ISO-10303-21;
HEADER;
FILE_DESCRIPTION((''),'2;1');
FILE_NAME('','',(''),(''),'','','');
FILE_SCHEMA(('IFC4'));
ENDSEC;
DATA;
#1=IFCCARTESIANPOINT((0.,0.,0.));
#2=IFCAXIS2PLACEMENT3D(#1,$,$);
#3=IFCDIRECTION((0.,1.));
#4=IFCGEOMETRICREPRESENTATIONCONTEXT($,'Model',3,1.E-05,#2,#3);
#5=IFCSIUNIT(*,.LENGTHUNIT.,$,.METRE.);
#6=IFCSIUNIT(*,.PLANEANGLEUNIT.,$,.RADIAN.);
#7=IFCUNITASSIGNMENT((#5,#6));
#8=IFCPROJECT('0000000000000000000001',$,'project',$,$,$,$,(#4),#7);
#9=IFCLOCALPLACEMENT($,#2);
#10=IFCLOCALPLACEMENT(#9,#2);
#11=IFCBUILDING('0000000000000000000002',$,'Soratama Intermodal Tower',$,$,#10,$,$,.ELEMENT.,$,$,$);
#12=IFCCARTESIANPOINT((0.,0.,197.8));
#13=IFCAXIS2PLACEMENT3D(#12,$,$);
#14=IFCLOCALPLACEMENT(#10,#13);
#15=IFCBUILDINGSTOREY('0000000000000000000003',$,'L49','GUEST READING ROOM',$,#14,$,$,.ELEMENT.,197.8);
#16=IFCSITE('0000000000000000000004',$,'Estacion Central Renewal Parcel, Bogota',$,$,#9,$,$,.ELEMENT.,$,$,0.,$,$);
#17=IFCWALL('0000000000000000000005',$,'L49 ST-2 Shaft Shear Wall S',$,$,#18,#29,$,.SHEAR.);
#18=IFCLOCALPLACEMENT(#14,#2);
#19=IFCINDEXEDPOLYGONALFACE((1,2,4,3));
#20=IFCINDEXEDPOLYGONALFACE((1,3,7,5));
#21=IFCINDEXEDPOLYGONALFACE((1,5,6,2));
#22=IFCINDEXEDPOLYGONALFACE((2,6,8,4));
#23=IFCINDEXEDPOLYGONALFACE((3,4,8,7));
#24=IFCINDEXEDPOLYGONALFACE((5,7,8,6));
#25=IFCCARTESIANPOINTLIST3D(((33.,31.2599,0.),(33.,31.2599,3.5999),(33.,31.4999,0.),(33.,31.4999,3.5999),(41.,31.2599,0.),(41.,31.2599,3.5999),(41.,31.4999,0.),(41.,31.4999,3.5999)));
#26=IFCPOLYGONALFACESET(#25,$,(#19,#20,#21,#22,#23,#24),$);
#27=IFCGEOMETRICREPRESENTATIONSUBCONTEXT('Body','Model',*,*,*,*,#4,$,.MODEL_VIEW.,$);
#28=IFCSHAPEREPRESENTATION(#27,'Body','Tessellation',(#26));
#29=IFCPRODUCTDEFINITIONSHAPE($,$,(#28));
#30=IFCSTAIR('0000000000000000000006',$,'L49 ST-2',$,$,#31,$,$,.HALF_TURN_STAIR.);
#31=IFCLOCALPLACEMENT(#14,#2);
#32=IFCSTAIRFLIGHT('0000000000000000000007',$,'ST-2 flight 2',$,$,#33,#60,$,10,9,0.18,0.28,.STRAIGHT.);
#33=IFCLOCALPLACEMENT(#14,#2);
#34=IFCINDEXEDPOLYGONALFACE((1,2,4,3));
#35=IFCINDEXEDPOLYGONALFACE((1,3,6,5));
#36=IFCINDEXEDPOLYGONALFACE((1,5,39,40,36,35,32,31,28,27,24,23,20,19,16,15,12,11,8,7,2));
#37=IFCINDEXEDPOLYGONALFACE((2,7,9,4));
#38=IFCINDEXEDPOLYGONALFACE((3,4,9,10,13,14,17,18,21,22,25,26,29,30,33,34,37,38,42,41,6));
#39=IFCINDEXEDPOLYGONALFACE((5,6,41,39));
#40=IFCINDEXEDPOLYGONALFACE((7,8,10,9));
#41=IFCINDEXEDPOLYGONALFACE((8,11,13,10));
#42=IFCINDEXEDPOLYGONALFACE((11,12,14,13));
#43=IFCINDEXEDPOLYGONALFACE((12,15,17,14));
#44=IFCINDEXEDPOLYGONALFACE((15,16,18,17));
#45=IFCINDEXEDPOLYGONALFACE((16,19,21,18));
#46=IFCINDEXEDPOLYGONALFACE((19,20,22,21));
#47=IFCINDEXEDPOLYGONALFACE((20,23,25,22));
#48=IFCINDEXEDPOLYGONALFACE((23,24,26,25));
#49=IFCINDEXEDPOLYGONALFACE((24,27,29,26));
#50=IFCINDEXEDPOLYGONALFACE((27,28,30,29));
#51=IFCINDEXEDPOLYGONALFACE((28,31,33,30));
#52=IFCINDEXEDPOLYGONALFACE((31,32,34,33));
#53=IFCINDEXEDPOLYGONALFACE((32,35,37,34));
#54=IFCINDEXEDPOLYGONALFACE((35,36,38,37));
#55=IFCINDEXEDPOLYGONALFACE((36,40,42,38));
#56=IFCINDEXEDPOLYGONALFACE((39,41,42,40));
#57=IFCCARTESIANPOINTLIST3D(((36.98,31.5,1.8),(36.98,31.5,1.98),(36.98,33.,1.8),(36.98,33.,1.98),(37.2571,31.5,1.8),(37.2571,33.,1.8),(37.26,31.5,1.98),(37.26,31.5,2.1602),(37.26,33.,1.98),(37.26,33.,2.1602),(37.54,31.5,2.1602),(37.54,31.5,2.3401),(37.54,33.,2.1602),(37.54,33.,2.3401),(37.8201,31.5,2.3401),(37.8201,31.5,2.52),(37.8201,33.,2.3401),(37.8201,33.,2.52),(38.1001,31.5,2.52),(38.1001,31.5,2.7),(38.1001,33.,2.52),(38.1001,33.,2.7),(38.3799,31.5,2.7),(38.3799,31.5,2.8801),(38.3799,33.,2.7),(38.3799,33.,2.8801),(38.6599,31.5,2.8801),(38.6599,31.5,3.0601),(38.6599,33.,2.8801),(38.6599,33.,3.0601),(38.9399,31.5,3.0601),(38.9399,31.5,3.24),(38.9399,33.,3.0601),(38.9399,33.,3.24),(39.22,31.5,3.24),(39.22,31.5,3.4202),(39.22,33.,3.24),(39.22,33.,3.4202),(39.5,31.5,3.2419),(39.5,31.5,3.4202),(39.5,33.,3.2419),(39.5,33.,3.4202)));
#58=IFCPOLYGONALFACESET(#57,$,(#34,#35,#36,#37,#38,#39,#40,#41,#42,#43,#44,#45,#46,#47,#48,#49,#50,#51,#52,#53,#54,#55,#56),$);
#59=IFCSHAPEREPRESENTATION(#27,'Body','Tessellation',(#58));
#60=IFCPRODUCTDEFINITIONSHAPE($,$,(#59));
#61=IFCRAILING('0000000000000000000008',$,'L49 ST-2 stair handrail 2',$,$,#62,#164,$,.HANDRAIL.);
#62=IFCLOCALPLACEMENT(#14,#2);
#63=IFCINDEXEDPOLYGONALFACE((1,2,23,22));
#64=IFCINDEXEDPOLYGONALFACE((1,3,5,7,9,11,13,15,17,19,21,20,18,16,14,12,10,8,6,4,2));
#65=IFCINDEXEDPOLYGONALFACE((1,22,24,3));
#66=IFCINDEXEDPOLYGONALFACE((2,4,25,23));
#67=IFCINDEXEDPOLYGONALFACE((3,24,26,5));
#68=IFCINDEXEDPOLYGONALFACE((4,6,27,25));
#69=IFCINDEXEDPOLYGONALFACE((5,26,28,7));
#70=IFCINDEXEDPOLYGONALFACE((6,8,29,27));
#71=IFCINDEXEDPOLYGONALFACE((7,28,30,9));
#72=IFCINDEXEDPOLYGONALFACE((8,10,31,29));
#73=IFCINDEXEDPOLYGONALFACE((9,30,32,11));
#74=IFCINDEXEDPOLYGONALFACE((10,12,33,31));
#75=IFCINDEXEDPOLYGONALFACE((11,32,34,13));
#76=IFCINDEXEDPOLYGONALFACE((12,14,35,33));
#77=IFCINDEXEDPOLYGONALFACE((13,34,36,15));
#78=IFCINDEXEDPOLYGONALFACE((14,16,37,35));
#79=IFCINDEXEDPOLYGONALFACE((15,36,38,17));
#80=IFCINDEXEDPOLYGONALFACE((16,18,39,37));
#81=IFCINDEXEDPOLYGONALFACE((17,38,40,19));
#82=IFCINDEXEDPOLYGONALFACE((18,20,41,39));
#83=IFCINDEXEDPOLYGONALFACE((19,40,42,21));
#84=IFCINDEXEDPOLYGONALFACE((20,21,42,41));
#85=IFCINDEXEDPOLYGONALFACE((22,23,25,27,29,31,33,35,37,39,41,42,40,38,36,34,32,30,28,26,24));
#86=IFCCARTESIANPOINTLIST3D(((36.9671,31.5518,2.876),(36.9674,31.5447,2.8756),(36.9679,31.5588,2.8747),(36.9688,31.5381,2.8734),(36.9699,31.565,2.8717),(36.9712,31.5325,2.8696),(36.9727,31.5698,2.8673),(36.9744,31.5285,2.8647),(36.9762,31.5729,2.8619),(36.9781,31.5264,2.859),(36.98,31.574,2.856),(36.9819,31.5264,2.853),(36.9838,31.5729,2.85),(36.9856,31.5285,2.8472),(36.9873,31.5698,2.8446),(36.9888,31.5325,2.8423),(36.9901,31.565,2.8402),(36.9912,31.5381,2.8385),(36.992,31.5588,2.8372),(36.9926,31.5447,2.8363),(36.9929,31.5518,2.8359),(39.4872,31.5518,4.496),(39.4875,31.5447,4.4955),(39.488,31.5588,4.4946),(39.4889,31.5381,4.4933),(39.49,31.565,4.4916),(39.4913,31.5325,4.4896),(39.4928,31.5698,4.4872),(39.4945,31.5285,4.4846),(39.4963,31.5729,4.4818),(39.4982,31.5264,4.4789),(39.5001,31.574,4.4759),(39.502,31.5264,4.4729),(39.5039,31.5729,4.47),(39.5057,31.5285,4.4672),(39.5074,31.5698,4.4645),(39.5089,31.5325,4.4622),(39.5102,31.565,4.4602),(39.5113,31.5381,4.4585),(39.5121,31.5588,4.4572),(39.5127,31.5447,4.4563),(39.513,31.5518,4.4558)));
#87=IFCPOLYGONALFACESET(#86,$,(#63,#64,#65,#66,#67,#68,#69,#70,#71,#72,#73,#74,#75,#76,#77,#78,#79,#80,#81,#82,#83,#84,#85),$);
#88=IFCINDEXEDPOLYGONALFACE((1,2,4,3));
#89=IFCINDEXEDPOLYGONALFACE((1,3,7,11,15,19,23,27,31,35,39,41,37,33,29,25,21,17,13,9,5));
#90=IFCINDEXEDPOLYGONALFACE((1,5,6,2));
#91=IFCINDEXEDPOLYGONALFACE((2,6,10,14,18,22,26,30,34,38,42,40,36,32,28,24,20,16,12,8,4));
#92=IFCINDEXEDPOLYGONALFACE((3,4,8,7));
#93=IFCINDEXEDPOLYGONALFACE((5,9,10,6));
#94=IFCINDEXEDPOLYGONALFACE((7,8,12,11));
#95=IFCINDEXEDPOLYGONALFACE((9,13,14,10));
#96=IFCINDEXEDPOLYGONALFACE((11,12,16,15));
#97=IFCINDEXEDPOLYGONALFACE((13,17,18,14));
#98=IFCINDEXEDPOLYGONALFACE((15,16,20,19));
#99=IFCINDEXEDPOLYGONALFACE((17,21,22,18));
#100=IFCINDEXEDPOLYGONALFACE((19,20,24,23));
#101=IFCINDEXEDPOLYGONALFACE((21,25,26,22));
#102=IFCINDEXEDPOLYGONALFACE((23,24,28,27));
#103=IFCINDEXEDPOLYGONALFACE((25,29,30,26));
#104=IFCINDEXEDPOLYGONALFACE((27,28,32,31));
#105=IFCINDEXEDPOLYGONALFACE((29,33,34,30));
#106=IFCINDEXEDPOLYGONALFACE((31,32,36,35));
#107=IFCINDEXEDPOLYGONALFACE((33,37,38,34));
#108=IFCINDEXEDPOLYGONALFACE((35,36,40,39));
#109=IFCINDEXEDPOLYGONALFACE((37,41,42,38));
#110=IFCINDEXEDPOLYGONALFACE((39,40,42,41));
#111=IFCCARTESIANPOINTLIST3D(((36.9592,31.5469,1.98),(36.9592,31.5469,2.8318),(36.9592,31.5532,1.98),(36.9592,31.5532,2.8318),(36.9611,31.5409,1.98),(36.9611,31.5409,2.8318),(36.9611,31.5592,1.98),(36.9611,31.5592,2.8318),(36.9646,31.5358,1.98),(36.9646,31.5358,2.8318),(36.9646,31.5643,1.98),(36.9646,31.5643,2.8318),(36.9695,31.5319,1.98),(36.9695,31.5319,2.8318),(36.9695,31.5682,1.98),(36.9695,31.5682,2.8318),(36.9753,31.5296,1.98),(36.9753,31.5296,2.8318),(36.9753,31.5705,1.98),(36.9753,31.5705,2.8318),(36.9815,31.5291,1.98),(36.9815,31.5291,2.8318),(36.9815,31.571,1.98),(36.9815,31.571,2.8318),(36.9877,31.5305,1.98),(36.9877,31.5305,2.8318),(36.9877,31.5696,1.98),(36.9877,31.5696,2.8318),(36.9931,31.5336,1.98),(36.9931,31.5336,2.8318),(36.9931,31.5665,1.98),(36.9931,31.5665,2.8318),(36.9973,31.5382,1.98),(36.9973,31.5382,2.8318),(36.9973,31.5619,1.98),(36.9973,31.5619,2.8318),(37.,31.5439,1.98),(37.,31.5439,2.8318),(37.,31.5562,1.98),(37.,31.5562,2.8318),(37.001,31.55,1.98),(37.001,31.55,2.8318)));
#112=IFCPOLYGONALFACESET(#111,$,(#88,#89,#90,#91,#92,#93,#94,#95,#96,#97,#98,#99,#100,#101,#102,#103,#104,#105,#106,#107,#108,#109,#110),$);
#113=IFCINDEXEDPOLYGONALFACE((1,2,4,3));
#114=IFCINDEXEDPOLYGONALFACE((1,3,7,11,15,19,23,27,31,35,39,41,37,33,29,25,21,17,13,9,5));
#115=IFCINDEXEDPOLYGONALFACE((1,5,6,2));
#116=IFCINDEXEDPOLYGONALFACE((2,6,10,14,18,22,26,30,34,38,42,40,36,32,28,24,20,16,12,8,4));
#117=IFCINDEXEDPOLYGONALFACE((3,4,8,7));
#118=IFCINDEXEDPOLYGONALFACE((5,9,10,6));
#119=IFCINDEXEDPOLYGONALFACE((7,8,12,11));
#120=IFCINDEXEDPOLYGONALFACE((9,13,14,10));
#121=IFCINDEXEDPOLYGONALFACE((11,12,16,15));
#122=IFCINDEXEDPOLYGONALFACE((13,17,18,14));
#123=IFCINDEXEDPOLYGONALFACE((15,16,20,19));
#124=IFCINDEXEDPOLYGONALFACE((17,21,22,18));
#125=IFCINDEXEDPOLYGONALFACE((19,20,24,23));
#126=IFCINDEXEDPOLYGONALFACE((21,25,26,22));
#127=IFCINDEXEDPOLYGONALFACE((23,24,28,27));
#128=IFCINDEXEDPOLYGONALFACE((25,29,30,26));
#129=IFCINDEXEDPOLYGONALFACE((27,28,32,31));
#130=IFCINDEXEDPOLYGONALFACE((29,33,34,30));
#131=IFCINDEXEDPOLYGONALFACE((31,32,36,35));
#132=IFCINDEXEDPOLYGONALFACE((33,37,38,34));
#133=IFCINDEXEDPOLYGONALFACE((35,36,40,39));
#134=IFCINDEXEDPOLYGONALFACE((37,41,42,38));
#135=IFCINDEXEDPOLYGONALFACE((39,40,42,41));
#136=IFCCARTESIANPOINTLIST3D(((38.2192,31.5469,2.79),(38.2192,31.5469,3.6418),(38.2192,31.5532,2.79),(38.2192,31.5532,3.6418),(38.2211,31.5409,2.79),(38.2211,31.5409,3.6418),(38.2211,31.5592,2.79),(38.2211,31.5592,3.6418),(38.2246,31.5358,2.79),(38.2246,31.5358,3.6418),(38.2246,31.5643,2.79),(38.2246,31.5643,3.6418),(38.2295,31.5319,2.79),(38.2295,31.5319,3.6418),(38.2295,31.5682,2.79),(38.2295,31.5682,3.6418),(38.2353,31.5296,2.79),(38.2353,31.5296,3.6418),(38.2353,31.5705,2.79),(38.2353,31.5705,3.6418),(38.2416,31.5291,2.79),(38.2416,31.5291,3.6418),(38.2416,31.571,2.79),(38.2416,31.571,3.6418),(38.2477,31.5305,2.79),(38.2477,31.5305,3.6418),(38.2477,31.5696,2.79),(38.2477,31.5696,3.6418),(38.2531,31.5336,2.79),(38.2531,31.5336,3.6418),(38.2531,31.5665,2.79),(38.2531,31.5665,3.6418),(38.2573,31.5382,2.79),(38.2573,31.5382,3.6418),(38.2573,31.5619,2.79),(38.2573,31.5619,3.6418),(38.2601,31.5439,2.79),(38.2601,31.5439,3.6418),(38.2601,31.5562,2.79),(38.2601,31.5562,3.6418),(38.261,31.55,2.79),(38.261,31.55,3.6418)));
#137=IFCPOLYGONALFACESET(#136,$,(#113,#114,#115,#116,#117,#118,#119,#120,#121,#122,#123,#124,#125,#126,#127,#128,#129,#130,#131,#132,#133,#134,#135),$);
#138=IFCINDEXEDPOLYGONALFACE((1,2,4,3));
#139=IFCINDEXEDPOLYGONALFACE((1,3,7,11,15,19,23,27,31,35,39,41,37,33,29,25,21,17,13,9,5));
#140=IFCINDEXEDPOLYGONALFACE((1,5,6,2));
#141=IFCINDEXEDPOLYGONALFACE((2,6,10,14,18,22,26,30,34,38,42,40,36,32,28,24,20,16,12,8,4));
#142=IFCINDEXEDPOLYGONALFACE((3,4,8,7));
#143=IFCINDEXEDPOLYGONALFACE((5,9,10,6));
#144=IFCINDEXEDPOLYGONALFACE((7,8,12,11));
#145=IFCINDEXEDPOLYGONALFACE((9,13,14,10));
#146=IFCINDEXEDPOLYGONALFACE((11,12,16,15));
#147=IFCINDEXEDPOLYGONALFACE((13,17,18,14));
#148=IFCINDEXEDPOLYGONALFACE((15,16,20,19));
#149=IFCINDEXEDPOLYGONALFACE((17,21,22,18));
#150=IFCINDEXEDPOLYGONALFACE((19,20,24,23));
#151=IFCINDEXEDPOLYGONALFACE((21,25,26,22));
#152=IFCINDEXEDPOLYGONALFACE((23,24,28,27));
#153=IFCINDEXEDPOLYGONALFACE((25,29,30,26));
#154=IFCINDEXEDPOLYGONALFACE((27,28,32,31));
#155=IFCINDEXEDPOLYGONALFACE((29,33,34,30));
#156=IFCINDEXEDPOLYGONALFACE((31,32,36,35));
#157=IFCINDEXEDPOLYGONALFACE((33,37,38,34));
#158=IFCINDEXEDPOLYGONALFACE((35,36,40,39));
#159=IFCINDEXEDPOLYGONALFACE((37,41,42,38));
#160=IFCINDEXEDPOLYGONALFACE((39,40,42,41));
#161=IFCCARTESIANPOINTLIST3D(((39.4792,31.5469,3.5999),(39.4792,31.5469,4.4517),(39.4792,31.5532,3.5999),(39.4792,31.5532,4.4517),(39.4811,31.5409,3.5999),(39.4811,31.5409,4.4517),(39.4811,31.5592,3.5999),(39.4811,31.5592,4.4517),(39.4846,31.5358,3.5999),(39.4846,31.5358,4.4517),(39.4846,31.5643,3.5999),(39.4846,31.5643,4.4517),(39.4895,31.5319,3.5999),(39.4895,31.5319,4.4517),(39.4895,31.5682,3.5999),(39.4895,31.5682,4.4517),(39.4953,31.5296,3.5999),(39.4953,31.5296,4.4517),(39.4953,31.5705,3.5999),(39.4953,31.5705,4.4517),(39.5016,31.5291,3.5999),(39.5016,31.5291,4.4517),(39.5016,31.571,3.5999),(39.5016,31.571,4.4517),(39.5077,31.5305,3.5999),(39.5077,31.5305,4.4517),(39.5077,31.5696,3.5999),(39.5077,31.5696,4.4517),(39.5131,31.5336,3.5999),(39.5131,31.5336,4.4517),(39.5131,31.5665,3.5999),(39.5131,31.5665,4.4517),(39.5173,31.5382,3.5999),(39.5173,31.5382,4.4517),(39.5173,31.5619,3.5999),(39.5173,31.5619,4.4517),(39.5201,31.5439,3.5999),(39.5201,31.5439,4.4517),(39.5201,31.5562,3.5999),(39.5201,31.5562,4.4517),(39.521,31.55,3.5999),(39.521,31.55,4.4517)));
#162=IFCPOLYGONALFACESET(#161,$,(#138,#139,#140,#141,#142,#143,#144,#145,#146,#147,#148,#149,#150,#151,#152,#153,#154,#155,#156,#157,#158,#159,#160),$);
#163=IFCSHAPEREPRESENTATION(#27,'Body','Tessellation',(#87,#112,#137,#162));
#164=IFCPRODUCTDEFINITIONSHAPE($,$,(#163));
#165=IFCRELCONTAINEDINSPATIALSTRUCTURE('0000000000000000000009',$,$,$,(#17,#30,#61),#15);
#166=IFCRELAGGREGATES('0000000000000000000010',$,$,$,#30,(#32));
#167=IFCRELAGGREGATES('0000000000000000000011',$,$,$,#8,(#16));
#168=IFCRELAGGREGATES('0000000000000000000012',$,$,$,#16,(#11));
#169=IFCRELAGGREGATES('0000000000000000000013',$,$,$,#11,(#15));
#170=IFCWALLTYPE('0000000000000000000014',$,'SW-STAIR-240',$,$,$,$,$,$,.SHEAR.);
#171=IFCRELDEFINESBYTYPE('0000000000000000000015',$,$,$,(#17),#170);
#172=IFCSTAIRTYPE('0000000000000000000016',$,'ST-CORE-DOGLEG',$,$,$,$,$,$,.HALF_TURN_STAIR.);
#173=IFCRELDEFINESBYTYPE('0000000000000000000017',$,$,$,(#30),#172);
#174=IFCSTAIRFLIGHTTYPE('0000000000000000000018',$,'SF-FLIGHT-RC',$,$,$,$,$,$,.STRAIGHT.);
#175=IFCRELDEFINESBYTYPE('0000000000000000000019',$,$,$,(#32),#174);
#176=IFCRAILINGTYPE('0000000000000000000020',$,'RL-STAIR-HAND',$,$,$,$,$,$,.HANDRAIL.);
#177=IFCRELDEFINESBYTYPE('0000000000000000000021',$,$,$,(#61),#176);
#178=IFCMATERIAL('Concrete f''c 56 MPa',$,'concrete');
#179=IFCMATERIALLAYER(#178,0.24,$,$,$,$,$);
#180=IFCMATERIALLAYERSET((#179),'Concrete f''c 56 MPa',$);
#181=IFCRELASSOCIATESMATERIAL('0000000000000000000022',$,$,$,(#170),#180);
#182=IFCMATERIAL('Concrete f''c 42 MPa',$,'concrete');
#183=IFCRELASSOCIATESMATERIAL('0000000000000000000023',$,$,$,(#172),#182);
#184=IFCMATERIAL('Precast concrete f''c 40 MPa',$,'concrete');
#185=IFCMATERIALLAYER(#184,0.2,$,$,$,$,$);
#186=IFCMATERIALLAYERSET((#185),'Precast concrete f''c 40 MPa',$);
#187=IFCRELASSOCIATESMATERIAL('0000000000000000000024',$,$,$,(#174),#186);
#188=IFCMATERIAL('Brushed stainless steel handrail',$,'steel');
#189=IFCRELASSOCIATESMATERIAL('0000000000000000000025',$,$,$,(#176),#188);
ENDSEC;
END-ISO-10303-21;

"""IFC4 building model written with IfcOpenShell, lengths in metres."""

from ifc_helpers import new_model, si_unit, direction, frame, frame_2d, origin, origin_2d, place, context, subcontext, project, spatial, polyline, rectangle, circle, outline, extrude, material, layer, layer_set, type_object, element, aggregate, save


model = new_model("IFC4")

# Units and contexts
model_context = context("Model", 3, precision=1e-05, world=origin(), true_north=direction((0.0, 1.0)))
body_context = subcontext(model_context, "Body", "Model", "MODEL_VIEW")
ifc_project = project(units=[si_unit("LENGTHUNIT", "METRE"), si_unit("PLANEANGLEUNIT", "RADIAN")], contexts=[model_context])

# Site, building, storey
site_placement = place(None, origin())
site = spatial("IfcSite", under=ifc_project, at=site_placement, Name="Estacion Central Renewal Parcel, Bogota", CompositionType="ELEMENT", RefElevation=0.0)
building_placement = place(site_placement, origin())
building = spatial("IfcBuilding", under=site, at=building_placement, Name="Soratama Intermodal Tower", CompositionType="ELEMENT")
storey_placement = place(building_placement, frame((0.0, 0.0, 197.8)))
storey = spatial("IfcBuildingStorey", under=building, at=storey_placement, Name="L49", Description="GUEST READING ROOM", CompositionType="ELEMENT", Elevation=197.8)

# Wall
ifc_material_1 = material(Name="Concrete f'c 56 MPa", Category="concrete")
ifc_layer_1 = layer(ifc_material_1, 0.24)
ifc_layer_set_1 = layer_set([ifc_layer_1], Name="Concrete f'c 56 MPa")
wall_type_1 = type_object("IfcWallType", Name="SW-STAIR-240", PredefinedType="SHEAR", material=ifc_layer_set_1)
wall_1_placement = place(storey_placement, frame((33.0, 31.3799, 0.0), z_axis=(0.0, 0.0, 1.0), x_axis=(1.0, 0.0, 0.0)))
element("IfcWall", 1, at=wall_1_placement, inside=storey, type_object=wall_type_1, Name="L49 ST-2 Shaft Shear Wall S", PredefinedType="SHEAR", context=body_context, shape_type="SweptSolid", body=[
    extrude(rectangle(XDim=8.0, YDim=0.24, at=frame_2d((4.0, 0.0))), origin(), (0.0, 0.0, 1.0), 3.5999),
])

# Stair, stair flight
ifc_material_2 = material(Name="Concrete f'c 42 MPa", Category="concrete")
stair_type = type_object("IfcStairType", Name="ST-CORE-DOGLEG", PredefinedType="HALF_TURN_STAIR", material=ifc_material_2)
stair_placement = place(storey_placement, origin())
stair = element("IfcStair", 2, at=stair_placement, inside=storey, type_object=stair_type, Name="L49 ST-2", PredefinedType="HALF_TURN_STAIR")
ifc_material_3 = material(Name="Precast concrete f'c 40 MPa", Category="concrete")
ifc_layer_2 = layer(ifc_material_3, 0.2)
ifc_layer_set_2 = layer_set([ifc_layer_2], Name="Precast concrete f'c 40 MPa")
stair_flight_type = type_object("IfcStairFlightType", Name="SF-FLIGHT-RC", PredefinedType="STRAIGHT", material=ifc_layer_set_2)
stair_flight_placement = place(storey_placement, frame((36.98, 32.25, 1.8), z_axis=(0.0, 0.0, 1.0), x_axis=(1.0, 0.0, 0.0)))
stair_flight = element("IfcStairFlight", 3, at=stair_flight_placement, type_object=stair_flight_type, Name="ST-2 flight 2", NumberOfRisers=10, NumberOfTreads=9, PredefinedType="STRAIGHT", RiserHeight=0.18, TreadLength=0.28, context=body_context, shape_type="SweptSolid", body=[
    extrude(outline(polyline([(0.0, 0.0), (0.0, 0.1799), (0.28, 0.1799), (0.28, 0.3601), (0.5601, 0.3601), (0.5601, 0.54), (0.8401, 0.54), (0.8401, 0.72), (1.1201, 0.72), (1.1201, 0.8999), (1.3999, 0.8999), (1.3999, 1.0801), (1.6799, 1.0801), (1.6799, 1.26), (1.96, 1.26), (1.96, 1.4399), (2.24, 1.4399), (2.24, 1.6201), (2.52, 1.6201), (2.52, 1.8), (2.52, 1.4419), (0.2771, 0.0), (0.0, 0.0)])), frame((0.0, 0.75, 0.0), z_axis=(0.0, -1.0, 0.0), x_axis=(1.0, 0.0, 0.0)), (0.0, 0.0, 1.0), 1.5),
])
aggregate(stair, [stair_flight])

# Railing
ifc_material_4 = material(Name="Brushed stainless steel handrail", Category="steel")
railing_type = type_object("IfcRailingType", Name="RL-STAIR-HAND", PredefinedType="HANDRAIL", material=ifc_material_4)
railing_placement = place(storey_placement, frame((36.98, 31.55, 1.98)))
element("IfcRailing", 4, at=railing_placement, inside=storey, type_object=railing_type, Name="L49 ST-2 stair handrail 2", PredefinedType="HANDRAIL", context=body_context, shape_type="SweptSolid", body=[
    extrude(circle(Radius=0.0239, at=origin_2d()), frame((0.0, 0.0, 0.876), z_axis=(0.8412, 0.0, 0.540725), x_axis=(0.0, 1.0, 0.0)), (0.0, 0.0, 1.0), 2.9958),
    extrude(circle(Radius=0.021, at=origin_2d()), origin(), (0.0, 0.0, 1.0), 0.8518),
    extrude(circle(Radius=0.021, at=origin_2d()), frame((1.26, 0.0, 0.8101)), (0.0, 0.0, 1.0), 0.8518),
    extrude(circle(Radius=0.021, at=origin_2d()), frame((2.52, 0.0, 1.6199)), (0.0, 0.0, 1.0), 0.8518),
])

save(model, "model.ifc")
